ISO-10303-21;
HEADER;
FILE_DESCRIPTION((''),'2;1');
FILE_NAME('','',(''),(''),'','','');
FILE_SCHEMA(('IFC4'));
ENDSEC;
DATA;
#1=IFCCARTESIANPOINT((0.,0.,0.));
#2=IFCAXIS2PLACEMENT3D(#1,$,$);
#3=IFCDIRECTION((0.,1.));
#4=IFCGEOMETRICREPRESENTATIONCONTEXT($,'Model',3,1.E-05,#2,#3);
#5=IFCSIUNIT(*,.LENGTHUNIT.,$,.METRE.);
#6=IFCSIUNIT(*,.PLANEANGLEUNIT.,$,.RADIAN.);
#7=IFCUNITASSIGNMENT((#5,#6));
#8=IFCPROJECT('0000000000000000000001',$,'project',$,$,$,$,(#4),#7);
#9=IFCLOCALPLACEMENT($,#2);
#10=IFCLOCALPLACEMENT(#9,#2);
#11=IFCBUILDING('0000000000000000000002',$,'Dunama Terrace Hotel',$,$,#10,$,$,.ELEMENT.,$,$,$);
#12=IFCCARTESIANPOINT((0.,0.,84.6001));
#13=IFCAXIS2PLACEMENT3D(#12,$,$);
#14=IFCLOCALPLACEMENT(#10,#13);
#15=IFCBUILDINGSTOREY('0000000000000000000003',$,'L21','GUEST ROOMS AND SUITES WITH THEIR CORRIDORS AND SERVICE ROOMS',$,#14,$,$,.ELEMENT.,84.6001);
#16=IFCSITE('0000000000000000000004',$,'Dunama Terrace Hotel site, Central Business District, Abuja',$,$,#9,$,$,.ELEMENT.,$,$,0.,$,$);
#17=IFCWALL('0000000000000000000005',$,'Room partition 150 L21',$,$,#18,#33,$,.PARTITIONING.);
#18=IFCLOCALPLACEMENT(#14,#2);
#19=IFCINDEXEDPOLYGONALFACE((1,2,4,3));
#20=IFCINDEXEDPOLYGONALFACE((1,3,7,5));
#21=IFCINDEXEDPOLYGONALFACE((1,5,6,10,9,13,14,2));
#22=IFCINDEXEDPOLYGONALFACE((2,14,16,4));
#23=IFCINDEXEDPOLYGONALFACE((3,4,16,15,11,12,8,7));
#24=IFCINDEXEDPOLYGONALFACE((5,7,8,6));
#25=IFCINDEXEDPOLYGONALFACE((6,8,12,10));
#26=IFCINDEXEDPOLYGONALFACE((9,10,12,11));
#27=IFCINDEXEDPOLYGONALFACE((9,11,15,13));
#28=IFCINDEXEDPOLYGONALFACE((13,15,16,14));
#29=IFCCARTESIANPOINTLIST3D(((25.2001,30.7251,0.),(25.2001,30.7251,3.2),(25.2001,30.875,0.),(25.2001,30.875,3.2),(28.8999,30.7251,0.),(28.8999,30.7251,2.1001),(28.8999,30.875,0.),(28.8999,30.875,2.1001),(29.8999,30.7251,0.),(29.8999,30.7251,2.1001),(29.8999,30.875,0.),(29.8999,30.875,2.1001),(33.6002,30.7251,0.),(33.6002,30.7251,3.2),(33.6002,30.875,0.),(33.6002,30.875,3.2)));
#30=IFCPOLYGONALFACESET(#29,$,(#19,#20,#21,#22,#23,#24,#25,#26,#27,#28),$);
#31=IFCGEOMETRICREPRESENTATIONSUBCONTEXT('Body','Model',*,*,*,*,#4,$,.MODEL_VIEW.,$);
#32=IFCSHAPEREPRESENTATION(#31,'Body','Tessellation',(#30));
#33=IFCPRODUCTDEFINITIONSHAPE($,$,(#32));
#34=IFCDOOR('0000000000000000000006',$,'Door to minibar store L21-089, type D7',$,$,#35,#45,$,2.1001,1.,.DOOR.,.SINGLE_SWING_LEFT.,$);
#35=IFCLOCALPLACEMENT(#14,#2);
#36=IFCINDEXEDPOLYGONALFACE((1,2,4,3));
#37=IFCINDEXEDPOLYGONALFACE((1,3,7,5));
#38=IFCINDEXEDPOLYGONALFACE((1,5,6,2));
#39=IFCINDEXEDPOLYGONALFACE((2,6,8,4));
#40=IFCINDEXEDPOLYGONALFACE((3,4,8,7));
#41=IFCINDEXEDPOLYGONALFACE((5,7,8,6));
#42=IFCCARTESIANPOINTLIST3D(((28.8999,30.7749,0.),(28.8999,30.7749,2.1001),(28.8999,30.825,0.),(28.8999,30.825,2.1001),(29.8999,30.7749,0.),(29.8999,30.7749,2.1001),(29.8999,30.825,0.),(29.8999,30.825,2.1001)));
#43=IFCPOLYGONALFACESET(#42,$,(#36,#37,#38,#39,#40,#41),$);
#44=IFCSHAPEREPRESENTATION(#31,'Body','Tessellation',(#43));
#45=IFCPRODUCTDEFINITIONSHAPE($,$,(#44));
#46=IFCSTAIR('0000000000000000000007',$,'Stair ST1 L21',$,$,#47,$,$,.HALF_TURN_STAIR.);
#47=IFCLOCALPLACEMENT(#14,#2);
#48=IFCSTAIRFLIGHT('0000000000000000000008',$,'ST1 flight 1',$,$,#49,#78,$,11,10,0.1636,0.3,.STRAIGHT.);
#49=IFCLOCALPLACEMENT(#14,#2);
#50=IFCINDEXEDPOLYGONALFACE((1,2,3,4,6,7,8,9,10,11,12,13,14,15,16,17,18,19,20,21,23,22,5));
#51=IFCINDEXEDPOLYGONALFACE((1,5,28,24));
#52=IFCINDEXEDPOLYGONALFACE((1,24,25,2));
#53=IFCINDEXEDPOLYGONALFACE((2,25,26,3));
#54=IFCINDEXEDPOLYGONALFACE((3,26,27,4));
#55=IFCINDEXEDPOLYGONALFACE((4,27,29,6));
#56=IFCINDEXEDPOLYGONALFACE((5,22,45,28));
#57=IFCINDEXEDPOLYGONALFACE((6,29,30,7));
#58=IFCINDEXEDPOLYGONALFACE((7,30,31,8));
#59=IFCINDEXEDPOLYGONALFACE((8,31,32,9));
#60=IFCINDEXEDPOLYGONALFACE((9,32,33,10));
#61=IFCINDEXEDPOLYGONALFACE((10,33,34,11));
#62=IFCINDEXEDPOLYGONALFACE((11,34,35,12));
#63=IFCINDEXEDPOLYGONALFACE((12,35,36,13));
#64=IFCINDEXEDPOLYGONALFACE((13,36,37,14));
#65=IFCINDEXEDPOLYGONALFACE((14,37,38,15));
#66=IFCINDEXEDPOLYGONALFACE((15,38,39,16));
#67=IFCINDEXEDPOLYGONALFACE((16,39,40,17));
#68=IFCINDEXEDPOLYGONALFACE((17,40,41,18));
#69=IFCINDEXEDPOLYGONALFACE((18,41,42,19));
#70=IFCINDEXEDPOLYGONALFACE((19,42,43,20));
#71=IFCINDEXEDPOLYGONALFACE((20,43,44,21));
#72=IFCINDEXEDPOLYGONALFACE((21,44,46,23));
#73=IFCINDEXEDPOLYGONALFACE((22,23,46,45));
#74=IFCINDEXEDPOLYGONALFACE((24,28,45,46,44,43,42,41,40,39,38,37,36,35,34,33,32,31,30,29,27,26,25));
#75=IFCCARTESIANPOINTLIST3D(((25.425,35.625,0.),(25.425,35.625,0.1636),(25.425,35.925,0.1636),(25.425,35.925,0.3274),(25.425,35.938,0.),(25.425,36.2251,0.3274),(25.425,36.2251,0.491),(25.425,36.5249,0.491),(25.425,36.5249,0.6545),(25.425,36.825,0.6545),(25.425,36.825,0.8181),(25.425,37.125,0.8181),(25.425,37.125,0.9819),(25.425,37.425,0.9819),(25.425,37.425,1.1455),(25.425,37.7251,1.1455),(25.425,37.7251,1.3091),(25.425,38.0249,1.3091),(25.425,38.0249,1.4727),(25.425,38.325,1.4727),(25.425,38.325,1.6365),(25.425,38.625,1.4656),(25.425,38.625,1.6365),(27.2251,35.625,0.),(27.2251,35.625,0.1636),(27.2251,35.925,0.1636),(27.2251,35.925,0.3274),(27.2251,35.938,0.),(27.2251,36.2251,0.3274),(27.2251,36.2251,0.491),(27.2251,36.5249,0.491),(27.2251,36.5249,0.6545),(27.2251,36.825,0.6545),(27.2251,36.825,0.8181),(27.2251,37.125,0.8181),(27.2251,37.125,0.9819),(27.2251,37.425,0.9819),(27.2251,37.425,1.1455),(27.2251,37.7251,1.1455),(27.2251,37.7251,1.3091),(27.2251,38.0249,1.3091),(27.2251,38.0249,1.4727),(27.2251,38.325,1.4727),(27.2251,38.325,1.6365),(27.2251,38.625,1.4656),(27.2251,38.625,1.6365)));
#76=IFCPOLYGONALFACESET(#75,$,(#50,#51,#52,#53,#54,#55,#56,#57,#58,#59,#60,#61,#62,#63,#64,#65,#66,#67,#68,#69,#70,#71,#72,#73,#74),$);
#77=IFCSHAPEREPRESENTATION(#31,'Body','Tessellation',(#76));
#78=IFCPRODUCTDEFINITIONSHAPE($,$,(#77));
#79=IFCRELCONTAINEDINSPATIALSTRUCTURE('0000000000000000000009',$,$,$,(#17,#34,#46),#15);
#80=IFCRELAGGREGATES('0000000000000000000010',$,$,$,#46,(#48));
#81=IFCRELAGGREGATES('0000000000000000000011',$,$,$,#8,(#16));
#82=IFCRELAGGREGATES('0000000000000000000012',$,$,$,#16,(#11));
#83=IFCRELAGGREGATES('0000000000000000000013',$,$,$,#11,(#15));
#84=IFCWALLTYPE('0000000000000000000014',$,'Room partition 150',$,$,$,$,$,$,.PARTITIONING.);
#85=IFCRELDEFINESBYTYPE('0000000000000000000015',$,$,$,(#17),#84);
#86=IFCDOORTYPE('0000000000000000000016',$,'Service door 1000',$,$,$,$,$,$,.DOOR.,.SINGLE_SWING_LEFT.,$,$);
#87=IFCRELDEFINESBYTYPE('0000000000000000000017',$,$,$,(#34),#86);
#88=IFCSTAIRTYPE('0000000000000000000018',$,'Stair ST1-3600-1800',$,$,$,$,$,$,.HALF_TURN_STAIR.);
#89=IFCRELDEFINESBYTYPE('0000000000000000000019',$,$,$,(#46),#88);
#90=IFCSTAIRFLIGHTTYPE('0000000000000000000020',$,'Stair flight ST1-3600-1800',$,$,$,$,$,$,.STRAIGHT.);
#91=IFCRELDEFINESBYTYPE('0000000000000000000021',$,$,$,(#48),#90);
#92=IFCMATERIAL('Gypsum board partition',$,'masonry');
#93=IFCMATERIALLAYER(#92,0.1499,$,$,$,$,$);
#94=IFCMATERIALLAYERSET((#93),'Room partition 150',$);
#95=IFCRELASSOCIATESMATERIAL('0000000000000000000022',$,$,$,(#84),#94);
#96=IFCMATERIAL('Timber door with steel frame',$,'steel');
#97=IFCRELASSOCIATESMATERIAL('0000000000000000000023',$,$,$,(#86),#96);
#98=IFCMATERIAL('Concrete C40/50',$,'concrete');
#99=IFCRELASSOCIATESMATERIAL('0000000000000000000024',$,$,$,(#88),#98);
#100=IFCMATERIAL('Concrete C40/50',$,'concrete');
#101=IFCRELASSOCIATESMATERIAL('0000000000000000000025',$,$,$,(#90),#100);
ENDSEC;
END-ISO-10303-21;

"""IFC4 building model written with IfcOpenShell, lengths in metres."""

from ifc_helpers import new_model, si_unit, direction, frame, frame_2d, origin, place, context, subcontext, project, spatial, polyline, rectangle, outline, extrude, material, layer, layer_set, type_object, element, fill, aggregate, save


model = new_model("IFC4")

# Units and contexts
model_context = context("Model", 3, precision=1e-05, world=origin(), true_north=direction((0.0, 1.0)))
body_context = subcontext(model_context, "Body", "Model", "MODEL_VIEW")
ifc_project = project(units=[si_unit("LENGTHUNIT", "METRE"), si_unit("PLANEANGLEUNIT", "RADIAN")], contexts=[model_context])

# Site, building, storey
site_placement = place(None, origin())
site = spatial("IfcSite", under=ifc_project, at=site_placement, Name="Dunama Terrace Hotel site, Central Business District, Abuja", CompositionType="ELEMENT", RefElevation=0.0)
building_placement = place(site_placement, origin())
building = spatial("IfcBuilding", under=site, at=building_placement, Name="Dunama Terrace Hotel", CompositionType="ELEMENT")
storey_placement = place(building_placement, frame((0.0, 0.0, 84.6001)))
storey = spatial("IfcBuildingStorey", under=building, at=storey_placement, Name="L21", Description="GUEST ROOMS AND SUITES WITH THEIR CORRIDORS AND SERVICE ROOMS", CompositionType="ELEMENT", Elevation=84.6001)

# Shared definitions
ifc_material_1 = material(Name="Gypsum board partition", Category="masonry")
ifc_layer_1 = layer(ifc_material_1, 0.1499)
ifc_layer_set_1 = layer_set([ifc_layer_1], Name="Room partition 150")
wall_type_1 = type_object("IfcWallType", Name="Room partition 150", PredefinedType="PARTITIONING", material=ifc_layer_set_1)

# Wall, opening, door
wall_1_placement = place(storey_placement, frame((25.2, 30.8, 0.0), z_axis=(0.0, 0.0, 1.0), x_axis=(1.0, 0.0, 0.0)))
wall_1 = element("IfcWall", 1, at=wall_1_placement, inside=storey, type_object=wall_type_1, Name="Room partition 150 L21", PredefinedType="PARTITIONING", context=body_context, shape_type="SweptSolid", body=[
    extrude(rectangle(XDim=8.4001, YDim=0.1499, at=frame_2d((4.2002, 0.0))), origin(), (0.0, 0.0, 1.0), 3.2),
])
opening_1_placement = place(wall_1_placement, frame((3.7, 0.0, 0.0)))
opening_1 = element("IfcOpeningElement", 2, at=opening_1_placement, cuts=wall_1, PredefinedType="OPENING", context=body_context, shape_type="SweptSolid", body=[
    extrude(rectangle(XDim=1.0, YDim=2.1001, at=frame_2d((0.5, 1.05))), frame((0.0, 0.085, 0.0), z_axis=(0.0, -1.0, 0.0), x_axis=(1.0, 0.0, 0.0)), (0.0, 0.0, 1.0), 0.1699),
])
ifc_material_2 = material(Name="Timber door with steel frame", Category="steel")
door_type_1 = type_object("IfcDoorType", Name="Service door 1000", OperationType="SINGLE_SWING_LEFT", PredefinedType="DOOR", material=ifc_material_2)
door_1_placement = place(opening_1_placement, origin())
door_1 = element("IfcDoor", 3, at=door_1_placement, inside=storey, type_object=door_type_1, Name="Door to minibar store L21-089, type D7", OperationType="SINGLE_SWING_LEFT", OverallHeight=2.1001, OverallWidth=1.0, PredefinedType="DOOR", context=body_context, shape_type="SweptSolid", body=[
    extrude(rectangle(XDim=1.0, YDim=2.1001, at=frame_2d((0.5, 1.05))), frame((0.0, 0.0249, 0.0), z_axis=(0.0, -1.0, 0.0), x_axis=(1.0, 0.0, 0.0)), (0.0, 0.0, 1.0), 0.05),
])
fill(opening_1, door_1)

# Stair, stair flight
ifc_material_3 = material(Name="Concrete C40/50", Category="concrete")
stair_type = type_object("IfcStairType", Name="Stair ST1-3600-1800", PredefinedType="HALF_TURN_STAIR", material=ifc_material_3)
stair_placement = place(storey_placement, origin())
stair = element("IfcStair", 4, at=stair_placement, inside=storey, type_object=stair_type, Name="Stair ST1 L21", PredefinedType="HALF_TURN_STAIR")
ifc_material_4 = material(Name="Concrete C40/50", Category="concrete")
stair_flight_type = type_object("IfcStairFlightType", Name="Stair flight ST1-3600-1800", PredefinedType="STRAIGHT", material=ifc_material_4)
stair_flight_placement = place(storey_placement, frame((26.325, 35.625, 0.0), z_axis=(0.0, 0.0, 1.0), x_axis=(0.0, 1.0, 0.0)))
stair_flight = element("IfcStairFlight", 5, at=stair_flight_placement, type_object=stair_flight_type, Name="ST1 flight 1", NumberOfRisers=11, NumberOfTreads=10, PredefinedType="STRAIGHT", RiserHeight=0.1636, TreadLength=0.3, context=body_context, shape_type="SweptSolid", body=[
    extrude(outline(polyline([(0.0, 0.0), (0.0, 0.1636), (0.3, 0.1636), (0.3, 0.3274), (0.6001, 0.3274), (0.6001, 0.491), (0.8999, 0.491), (0.8999, 0.6545), (1.2, 0.6545), (1.2, 0.8181), (1.5, 0.8181), (1.5, 0.9819), (1.8, 0.9819), (1.8, 1.1455), (2.1001, 1.1455), (2.1001, 1.3091), (2.3999, 1.3091), (2.3999, 1.4727), (2.7, 1.4727), (2.7, 1.6365), (3.0, 1.6365), (3.0, 1.8), (3.0, 1.4656), (0.313, 0.0), (0.0, 0.0)])), frame((0.0, 0.8999, 0.0), z_axis=(0.0, -1.0, 0.0), x_axis=(1.0, 0.0, 0.0)), (0.0, 0.0, 1.0), 1.8),
])
aggregate(stair, [stair_flight])

save(model, "model.ifc")
